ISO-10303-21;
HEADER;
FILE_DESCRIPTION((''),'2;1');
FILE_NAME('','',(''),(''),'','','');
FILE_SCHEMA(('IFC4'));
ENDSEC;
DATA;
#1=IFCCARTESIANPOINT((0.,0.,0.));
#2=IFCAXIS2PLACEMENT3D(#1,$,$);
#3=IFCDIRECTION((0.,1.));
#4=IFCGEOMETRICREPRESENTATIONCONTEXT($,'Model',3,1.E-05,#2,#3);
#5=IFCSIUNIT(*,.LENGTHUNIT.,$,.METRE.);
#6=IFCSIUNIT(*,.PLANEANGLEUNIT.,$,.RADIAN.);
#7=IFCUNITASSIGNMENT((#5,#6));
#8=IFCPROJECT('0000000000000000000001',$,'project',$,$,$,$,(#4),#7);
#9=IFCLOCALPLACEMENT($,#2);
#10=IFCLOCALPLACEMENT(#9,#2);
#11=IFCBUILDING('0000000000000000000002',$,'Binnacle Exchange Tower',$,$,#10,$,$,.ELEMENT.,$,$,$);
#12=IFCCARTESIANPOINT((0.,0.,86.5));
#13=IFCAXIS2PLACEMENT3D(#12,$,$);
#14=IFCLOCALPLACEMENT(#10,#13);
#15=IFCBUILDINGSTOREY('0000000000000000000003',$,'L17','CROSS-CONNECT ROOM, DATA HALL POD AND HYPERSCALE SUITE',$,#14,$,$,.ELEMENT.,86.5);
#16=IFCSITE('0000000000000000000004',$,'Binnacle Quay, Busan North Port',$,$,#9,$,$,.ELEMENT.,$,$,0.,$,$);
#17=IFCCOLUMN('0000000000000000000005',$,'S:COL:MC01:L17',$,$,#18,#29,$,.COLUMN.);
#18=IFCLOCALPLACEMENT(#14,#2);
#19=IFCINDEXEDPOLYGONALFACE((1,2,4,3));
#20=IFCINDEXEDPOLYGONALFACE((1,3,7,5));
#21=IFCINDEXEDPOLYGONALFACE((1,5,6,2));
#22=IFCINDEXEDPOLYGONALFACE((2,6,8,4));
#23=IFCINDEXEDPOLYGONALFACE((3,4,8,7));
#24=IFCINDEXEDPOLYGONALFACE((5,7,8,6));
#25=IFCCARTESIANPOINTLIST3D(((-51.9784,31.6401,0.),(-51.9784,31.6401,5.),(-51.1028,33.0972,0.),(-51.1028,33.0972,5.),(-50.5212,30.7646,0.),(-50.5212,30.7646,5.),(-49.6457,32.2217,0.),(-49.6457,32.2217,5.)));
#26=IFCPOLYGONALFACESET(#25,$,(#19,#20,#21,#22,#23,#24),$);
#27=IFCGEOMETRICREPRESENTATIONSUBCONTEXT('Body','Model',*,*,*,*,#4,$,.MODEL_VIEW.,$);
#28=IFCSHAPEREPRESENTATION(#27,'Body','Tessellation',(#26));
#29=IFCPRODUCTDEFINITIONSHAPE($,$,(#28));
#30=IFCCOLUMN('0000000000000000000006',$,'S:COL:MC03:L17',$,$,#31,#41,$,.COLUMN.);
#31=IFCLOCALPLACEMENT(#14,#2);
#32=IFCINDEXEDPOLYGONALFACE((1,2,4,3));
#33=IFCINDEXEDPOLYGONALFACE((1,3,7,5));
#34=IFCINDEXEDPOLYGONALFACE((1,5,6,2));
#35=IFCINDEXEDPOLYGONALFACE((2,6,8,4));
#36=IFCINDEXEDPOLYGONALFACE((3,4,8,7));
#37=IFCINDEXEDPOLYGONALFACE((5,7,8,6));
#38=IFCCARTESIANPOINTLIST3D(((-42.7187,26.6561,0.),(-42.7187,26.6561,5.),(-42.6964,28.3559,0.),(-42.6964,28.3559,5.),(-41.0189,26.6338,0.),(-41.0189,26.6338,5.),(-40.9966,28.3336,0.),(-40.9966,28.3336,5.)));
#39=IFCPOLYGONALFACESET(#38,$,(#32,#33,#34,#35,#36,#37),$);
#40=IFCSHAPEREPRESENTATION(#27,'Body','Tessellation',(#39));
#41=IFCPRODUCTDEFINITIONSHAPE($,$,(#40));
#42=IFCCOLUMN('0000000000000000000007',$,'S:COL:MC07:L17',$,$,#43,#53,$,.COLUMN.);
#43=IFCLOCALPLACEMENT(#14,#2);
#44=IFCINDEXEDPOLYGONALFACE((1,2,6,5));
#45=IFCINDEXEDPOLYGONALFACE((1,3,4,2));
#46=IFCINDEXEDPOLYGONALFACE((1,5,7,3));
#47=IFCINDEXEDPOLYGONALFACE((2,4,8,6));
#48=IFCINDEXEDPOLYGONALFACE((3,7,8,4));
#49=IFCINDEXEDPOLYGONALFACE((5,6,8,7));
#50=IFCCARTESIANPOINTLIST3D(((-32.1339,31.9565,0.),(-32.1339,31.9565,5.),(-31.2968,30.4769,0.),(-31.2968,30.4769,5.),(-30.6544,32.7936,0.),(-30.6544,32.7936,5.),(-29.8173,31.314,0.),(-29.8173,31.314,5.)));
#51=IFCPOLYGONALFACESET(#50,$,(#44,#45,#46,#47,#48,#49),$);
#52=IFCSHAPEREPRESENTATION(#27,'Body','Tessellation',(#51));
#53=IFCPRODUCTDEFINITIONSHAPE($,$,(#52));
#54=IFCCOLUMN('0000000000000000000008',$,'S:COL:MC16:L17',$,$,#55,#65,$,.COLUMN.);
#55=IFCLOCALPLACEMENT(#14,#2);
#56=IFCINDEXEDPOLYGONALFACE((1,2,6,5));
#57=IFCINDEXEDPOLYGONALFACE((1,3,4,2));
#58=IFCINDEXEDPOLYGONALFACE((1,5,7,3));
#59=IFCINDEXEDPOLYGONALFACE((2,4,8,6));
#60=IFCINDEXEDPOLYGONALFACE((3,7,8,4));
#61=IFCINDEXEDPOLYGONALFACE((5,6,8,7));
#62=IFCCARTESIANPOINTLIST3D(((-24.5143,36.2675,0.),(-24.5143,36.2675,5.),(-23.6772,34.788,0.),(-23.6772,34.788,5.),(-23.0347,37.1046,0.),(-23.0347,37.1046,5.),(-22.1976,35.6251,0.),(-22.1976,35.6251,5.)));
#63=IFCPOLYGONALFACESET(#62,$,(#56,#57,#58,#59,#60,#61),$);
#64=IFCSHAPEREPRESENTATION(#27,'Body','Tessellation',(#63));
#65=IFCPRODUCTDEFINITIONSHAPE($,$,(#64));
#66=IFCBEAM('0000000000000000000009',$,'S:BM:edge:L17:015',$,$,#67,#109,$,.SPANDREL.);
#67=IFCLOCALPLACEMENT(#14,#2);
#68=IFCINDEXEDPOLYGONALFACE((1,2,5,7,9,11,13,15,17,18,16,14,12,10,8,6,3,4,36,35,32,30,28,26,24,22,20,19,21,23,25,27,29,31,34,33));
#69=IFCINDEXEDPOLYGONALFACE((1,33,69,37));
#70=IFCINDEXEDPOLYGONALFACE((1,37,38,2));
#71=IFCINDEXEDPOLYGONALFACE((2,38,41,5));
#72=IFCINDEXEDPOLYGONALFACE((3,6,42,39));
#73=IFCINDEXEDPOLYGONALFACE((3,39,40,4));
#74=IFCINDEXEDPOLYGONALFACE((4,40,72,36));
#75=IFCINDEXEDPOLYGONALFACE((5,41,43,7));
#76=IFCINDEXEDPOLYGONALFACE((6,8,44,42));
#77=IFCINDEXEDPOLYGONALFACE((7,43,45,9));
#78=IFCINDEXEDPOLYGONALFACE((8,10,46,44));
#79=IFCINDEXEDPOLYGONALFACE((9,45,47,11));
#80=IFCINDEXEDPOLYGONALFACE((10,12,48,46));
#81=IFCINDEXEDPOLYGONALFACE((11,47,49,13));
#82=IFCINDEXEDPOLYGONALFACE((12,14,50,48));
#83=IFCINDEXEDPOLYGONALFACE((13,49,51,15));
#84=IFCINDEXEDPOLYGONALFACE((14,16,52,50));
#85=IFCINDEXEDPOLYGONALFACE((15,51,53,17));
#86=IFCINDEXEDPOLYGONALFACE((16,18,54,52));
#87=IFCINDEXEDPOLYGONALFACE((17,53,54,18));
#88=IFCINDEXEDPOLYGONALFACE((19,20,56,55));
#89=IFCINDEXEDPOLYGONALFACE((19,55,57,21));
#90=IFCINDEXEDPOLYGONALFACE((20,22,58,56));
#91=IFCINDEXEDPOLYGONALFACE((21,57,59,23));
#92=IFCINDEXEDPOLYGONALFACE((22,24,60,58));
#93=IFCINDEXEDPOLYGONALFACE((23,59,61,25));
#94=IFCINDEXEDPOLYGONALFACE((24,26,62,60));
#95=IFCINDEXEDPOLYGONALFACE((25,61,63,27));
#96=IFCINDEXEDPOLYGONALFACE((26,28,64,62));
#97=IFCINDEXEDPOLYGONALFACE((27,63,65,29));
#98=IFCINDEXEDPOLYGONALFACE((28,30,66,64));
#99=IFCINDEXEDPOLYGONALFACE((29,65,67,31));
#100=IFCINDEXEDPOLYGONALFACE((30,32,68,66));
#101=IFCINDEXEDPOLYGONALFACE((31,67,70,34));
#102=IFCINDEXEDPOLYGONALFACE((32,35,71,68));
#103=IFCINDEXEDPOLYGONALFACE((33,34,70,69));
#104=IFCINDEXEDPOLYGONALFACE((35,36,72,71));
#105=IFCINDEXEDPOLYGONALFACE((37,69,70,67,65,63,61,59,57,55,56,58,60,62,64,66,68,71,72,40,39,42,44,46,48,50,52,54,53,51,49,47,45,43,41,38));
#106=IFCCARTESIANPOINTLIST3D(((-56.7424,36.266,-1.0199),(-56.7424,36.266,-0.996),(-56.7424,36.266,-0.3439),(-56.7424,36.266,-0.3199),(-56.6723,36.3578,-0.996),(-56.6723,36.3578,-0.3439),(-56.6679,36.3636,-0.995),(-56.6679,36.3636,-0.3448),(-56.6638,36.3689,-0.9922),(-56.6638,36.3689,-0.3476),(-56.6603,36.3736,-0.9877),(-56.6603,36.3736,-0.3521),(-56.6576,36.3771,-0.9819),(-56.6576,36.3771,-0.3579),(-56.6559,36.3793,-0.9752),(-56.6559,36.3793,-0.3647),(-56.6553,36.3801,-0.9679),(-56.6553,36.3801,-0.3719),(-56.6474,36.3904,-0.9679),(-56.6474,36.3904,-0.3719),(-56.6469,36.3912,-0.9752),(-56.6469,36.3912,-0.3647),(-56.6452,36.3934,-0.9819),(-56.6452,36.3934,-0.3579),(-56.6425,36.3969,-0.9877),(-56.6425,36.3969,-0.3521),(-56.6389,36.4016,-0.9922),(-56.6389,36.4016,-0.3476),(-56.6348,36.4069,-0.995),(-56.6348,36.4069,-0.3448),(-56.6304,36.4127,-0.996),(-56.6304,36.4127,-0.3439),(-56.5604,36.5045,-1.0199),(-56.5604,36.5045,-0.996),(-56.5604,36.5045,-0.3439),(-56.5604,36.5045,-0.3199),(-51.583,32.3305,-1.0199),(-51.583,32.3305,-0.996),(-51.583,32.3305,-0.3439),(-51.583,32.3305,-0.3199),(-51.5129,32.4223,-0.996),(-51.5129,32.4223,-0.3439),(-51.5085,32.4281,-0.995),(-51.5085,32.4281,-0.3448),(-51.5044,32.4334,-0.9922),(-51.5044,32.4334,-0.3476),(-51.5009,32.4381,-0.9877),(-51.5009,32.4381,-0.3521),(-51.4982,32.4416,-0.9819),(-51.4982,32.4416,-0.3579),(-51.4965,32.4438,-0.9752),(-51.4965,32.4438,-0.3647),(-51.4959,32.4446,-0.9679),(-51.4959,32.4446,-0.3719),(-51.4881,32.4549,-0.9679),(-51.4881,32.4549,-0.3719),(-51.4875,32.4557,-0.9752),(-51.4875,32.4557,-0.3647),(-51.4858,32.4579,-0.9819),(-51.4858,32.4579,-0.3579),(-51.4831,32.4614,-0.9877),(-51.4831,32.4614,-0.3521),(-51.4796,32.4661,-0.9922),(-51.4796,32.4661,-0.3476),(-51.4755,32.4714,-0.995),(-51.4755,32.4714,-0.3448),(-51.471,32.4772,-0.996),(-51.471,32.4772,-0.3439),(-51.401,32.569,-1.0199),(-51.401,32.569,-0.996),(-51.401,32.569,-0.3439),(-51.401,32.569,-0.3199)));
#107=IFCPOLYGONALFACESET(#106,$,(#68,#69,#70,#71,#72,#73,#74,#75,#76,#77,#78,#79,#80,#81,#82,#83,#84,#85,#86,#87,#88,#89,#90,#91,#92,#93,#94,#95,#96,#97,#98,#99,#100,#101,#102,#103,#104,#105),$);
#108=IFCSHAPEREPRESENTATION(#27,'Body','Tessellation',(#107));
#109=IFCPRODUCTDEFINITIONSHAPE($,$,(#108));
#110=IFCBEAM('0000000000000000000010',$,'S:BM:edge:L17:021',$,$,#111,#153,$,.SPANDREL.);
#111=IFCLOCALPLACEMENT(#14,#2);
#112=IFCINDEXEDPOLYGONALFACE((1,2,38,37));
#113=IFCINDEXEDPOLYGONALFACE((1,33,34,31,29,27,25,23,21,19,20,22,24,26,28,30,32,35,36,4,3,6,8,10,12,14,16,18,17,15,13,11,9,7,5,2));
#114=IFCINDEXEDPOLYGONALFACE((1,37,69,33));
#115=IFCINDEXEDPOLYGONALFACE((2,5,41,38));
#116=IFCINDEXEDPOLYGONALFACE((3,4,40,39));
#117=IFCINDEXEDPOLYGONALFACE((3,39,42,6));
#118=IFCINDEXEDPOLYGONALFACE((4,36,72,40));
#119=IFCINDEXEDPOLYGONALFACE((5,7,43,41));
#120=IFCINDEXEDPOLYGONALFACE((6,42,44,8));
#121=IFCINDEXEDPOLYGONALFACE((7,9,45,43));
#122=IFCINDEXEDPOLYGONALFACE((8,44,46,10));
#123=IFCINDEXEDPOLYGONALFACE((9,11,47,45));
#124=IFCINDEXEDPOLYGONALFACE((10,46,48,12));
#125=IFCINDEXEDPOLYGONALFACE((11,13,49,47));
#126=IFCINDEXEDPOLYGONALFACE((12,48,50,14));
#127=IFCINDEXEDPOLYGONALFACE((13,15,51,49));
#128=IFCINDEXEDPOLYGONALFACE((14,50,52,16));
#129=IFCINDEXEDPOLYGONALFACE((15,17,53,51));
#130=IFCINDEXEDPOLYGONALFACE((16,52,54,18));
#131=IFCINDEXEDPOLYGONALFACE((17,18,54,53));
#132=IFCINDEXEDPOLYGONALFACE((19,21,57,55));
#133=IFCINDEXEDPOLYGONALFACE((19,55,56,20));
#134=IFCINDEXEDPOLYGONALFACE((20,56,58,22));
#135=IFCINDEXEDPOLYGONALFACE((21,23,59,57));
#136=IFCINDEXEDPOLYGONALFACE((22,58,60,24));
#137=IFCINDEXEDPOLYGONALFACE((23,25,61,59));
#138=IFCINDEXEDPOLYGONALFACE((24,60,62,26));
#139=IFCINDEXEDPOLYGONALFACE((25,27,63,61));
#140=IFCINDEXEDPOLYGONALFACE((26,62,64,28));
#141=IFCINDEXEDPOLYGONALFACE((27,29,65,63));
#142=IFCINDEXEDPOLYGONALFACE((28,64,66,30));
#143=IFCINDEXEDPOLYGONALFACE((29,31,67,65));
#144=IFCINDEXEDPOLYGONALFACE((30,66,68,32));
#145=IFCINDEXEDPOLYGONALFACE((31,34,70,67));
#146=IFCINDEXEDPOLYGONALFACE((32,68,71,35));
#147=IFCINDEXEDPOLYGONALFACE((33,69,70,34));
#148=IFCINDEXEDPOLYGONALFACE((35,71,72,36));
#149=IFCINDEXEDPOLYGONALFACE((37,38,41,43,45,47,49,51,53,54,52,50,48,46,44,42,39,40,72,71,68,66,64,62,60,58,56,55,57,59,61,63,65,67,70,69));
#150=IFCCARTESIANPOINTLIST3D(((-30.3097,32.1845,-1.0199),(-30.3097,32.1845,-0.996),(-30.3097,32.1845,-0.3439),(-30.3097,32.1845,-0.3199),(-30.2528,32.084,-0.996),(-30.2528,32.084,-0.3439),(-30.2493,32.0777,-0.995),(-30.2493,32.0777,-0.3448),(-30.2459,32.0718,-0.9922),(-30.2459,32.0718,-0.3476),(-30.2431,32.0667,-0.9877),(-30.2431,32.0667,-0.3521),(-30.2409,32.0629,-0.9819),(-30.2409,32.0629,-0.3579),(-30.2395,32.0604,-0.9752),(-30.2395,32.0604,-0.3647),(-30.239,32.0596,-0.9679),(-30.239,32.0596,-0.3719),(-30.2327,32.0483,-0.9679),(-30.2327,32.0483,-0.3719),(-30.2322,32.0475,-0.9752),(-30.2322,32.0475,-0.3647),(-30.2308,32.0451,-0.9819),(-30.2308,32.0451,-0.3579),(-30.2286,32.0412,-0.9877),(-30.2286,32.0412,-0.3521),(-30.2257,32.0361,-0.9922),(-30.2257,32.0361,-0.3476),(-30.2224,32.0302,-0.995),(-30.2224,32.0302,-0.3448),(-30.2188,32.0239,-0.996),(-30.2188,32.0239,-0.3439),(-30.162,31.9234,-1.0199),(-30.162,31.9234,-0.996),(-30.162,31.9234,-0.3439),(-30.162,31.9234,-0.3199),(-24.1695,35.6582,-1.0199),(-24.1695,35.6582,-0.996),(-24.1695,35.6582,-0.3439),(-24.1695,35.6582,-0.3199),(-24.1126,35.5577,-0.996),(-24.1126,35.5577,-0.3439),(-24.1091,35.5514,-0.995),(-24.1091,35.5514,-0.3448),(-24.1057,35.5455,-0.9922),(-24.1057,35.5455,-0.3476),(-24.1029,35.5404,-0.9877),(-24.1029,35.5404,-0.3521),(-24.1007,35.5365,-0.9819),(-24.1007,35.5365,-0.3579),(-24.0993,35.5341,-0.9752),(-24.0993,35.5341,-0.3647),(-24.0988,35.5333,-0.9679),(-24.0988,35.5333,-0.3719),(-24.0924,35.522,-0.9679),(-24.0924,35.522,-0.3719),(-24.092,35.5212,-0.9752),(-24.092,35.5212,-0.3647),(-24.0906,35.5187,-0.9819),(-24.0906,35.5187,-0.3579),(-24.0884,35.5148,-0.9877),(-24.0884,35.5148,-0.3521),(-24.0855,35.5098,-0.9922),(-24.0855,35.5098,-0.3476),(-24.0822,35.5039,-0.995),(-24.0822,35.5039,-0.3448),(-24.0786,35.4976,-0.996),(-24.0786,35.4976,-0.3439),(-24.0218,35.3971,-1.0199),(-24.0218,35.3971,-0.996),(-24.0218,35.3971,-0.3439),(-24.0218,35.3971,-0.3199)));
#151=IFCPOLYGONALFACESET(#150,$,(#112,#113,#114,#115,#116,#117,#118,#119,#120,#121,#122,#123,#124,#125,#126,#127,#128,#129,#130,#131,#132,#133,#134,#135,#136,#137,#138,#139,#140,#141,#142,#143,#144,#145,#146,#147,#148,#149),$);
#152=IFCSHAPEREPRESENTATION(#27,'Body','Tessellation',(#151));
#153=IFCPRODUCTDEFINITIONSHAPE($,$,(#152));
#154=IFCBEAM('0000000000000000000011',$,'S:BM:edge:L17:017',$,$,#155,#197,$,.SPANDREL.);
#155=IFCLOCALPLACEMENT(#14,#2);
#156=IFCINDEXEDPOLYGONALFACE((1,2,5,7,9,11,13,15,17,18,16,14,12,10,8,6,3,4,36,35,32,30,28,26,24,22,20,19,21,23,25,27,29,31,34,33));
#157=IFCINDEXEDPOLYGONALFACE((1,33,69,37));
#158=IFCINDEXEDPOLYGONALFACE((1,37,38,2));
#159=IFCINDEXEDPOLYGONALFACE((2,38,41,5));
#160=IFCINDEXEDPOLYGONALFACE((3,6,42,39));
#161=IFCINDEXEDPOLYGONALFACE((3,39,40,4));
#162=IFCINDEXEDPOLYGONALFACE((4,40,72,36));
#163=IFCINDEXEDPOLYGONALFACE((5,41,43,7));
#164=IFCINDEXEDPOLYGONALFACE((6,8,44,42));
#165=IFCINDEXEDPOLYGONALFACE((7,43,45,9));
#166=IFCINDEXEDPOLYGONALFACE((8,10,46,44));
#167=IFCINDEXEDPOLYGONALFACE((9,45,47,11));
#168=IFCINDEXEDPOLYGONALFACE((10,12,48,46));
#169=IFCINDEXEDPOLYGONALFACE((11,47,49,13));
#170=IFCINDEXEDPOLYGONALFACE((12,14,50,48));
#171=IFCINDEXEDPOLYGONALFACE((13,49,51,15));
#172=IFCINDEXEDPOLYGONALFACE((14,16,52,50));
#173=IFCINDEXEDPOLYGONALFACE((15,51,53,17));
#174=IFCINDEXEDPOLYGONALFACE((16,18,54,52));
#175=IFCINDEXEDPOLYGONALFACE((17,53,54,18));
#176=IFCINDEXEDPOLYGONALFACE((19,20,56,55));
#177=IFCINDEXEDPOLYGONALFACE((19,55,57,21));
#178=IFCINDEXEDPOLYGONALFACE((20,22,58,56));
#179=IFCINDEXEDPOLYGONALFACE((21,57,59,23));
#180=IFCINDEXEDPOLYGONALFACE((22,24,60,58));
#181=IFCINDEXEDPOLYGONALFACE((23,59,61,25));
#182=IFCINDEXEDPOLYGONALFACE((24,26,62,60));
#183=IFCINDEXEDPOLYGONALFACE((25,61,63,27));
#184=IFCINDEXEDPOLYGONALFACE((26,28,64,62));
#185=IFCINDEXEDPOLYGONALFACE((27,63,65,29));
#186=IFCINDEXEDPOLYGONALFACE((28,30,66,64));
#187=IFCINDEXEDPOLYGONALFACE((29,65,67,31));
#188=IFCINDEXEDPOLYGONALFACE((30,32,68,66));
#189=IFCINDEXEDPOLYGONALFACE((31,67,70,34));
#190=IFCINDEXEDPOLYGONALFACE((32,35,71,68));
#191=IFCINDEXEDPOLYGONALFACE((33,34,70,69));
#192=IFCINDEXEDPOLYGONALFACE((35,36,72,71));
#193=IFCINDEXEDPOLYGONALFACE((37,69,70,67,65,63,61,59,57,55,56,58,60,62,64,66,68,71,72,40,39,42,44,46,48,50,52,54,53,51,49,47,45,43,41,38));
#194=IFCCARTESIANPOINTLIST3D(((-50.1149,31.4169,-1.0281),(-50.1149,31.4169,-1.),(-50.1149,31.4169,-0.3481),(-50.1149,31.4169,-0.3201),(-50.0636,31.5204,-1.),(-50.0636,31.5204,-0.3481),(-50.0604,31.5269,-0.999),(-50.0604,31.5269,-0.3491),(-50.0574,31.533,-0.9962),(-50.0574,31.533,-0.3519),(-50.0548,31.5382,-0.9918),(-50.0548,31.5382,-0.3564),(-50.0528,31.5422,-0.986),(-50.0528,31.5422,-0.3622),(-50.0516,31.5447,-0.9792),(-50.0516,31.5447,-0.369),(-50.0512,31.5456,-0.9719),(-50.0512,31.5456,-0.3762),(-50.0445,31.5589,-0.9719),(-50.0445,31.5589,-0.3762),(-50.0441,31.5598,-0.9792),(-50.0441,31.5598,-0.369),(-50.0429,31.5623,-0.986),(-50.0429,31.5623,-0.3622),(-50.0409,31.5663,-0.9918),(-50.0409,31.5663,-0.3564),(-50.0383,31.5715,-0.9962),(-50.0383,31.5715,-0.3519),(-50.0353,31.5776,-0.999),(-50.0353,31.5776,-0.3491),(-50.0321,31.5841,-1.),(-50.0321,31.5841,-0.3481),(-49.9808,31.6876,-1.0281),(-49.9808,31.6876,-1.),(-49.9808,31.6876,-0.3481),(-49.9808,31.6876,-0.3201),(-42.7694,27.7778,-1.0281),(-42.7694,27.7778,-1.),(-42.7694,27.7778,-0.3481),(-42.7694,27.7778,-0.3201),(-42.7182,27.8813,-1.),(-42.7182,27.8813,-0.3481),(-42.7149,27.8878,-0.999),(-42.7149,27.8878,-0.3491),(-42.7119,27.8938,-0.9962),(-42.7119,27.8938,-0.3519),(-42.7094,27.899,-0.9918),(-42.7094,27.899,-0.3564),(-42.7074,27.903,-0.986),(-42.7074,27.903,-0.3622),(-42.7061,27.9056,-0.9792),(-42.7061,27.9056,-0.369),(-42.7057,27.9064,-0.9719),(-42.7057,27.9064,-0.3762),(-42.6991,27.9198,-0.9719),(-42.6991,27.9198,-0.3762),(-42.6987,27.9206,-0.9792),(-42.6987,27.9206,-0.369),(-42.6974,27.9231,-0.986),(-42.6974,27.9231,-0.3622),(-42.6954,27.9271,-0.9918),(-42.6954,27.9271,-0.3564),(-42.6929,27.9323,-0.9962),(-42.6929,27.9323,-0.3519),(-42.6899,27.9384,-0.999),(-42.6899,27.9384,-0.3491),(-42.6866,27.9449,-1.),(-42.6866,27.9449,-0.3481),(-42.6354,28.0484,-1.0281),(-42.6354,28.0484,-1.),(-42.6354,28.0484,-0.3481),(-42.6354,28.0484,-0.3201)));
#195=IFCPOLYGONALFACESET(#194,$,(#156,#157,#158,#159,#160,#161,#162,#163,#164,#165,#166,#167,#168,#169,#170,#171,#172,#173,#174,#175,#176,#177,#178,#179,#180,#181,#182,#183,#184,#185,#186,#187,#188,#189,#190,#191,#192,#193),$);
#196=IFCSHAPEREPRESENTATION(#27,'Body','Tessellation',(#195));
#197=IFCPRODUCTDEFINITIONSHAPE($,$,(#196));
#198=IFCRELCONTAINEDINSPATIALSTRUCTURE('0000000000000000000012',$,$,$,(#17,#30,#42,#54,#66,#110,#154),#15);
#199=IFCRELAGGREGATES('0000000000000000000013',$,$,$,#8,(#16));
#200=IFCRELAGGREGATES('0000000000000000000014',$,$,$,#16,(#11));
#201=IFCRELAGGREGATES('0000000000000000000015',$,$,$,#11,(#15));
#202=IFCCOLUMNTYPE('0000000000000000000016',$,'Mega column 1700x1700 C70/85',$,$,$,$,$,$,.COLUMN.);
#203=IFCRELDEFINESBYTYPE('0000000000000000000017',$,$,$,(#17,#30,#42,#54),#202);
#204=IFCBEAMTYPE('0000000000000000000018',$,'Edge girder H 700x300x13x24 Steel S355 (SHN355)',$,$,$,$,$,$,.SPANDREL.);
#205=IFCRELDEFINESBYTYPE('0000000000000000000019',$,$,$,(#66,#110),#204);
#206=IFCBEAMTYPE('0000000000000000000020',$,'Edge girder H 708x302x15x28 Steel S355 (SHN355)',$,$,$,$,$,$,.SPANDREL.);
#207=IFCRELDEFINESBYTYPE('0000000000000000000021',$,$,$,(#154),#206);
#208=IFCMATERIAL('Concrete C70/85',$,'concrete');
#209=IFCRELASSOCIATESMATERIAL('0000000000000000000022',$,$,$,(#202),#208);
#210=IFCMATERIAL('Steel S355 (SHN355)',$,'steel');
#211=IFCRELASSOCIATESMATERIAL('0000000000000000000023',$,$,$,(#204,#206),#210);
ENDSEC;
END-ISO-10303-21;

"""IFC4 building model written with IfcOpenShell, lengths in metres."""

from ifc_helpers import new_model, si_unit, direction, frame, origin, origin_2d, place, context, subcontext, project, spatial, rectangle, i_section, extrude, material, material_profile, profile_set, type_object, element, save


model = new_model("IFC4")

# Units and contexts
model_context = context("Model", 3, precision=1e-05, world=origin(), true_north=direction((0.0, 1.0)))
body_context = subcontext(model_context, "Body", "Model", "MODEL_VIEW")
ifc_project = project(units=[si_unit("LENGTHUNIT", "METRE"), si_unit("PLANEANGLEUNIT", "RADIAN")], contexts=[model_context])

# Site, building, storey
site_placement = place(None, origin())
site = spatial("IfcSite", under=ifc_project, at=site_placement, Name="Binnacle Quay, Busan North Port", CompositionType="ELEMENT", RefElevation=0.0)
building_placement = place(site_placement, origin())
building = spatial("IfcBuilding", under=site, at=building_placement, Name="Binnacle Exchange Tower", CompositionType="ELEMENT")
storey_placement = place(building_placement, frame((0.0, 0.0, 86.5)))
storey = spatial("IfcBuildingStorey", under=building, at=storey_placement, Name="L17", Description="CROSS-CONNECT ROOM, DATA HALL POD AND HYPERSCALE SUITE", CompositionType="ELEMENT", Elevation=86.5)

# Columns
ifc_material_1 = material(Name="Concrete C70/85", Category="concrete")
ifc_material_profile_1 = material_profile(ifc_material_1, rectangle(XDim=1.7, YDim=1.7, at=origin_2d()), Name="Mega column 1700x1700 C70/85")
ifc_profile_set_1 = profile_set([ifc_material_profile_1], Name="Concrete C70/85")
column_type = type_object("IfcColumnType", Name="Mega column 1700x1700 C70/85", PredefinedType="COLUMN", material=ifc_profile_set_1)
for number, where, z_axis, x_axis, name in (
    (1, (-50.812, 31.9309, 0.0), (0.0, 0.0, 1.0), (0.857167, -0.515038, 0.0), "S:COL:MC01:L17"),
    (2, (-41.8577, 27.4949, 0.0), (0.0, 0.0, 1.0), (0.999914, -0.01309, 0.0), "S:COL:MC03:L17"),
    (3, (-30.9756, 31.6353, 0.0), (0.0, 0.0, 1.0), (0.870356, 0.492424, 0.0), "S:COL:MC07:L17"),
    (4, (-23.356, 35.9463, 0.0), (0.0, 0.0, 1.0), (0.870356, 0.492424, 0.0), "S:COL:MC16:L17"),
):
    element("IfcColumn", number, at=place(storey_placement, frame(where, z_axis=z_axis, x_axis=x_axis)), inside=storey, type_object=column_type, Name=name, PredefinedType="COLUMN", context=body_context, shape_type="SweptSolid", body=[
        extrude(rectangle(XDim=1.7, YDim=1.7, at=origin_2d()), origin(), (0.0, 0.0, 1.0), 5.0),
    ])

# Beams
ifc_material_2 = material(Name="Steel S355 (SHN355)", Category="steel")
ifc_material_profile_2 = material_profile(ifc_material_2, i_section(OverallWidth=0.3, OverallDepth=0.7, WebThickness=0.0129, FlangeThickness=0.0239, FilletRadius=0.0281, at=origin_2d()), Name="H 700x300x13x24")
ifc_profile_set_2 = profile_set([ifc_material_profile_2], Name="Steel S355 (SHN355)")
beam_type_1 = type_object("IfcBeamType", Name="Edge girder H 700x300x13x24 Steel S355 (SHN355)", PredefinedType="SPANDREL", material=ifc_profile_set_2)
beam_1_placement = place(storey_placement, frame((-56.6514, 36.3853, -0.6699), z_axis=(0.795093, -0.606487, 0.0), x_axis=(0.606487, 0.795093, 0.0)))
element("IfcBeam", 5, at=beam_1_placement, inside=storey, type_object=beam_type_1, Name="S:BM:edge:L17:015", PredefinedType="SPANDREL", context=body_context, shape_type="SweptSolid", body=[
    extrude(i_section(OverallWidth=0.3, OverallDepth=0.7, WebThickness=0.0129, FlangeThickness=0.0239, FilletRadius=0.0281, at=origin_2d()), origin(), (0.0, 0.0, 1.0), 6.489),
])
beam_2_placement = place(storey_placement, frame((-30.2358, 32.054, -0.6699), z_axis=(0.870373, 0.492392, 0.0), x_axis=(-0.492392, 0.870373, 0.0)))
element("IfcBeam", 6, at=beam_2_placement, inside=storey, type_object=beam_type_1, Name="S:BM:edge:L17:021", PredefinedType="SPANDREL", context=body_context, shape_type="SweptSolid", body=[
    extrude(i_section(OverallWidth=0.3, OverallDepth=0.7, WebThickness=0.0129, FlangeThickness=0.0239, FilletRadius=0.0281, at=origin_2d()), origin(), (0.0, 0.0, 1.0), 7.0547),
])
ifc_material_profile_3 = material_profile(ifc_material_2, i_section(OverallWidth=0.302, OverallDepth=0.708, WebThickness=0.0149, FlangeThickness=0.0281, FilletRadius=0.0281, at=origin_2d()), Name="H 708x302x15x28")
ifc_profile_set_3 = profile_set([ifc_material_profile_3], Name="Steel S355 (SHN355)")
beam_type_2 = type_object("IfcBeamType", Name="Edge girder H 708x302x15x28 Steel S355 (SHN355)", PredefinedType="SPANDREL", material=ifc_profile_set_3)
beam_3_placement = place(storey_placement, frame((-50.0479, 31.5522, -0.6741), z_axis=(0.896059, -0.443935, 0.0), x_axis=(0.443935, 0.896059, 0.0)))
element("IfcBeam", 7, at=beam_3_placement, inside=storey, type_object=beam_type_2, Name="S:BM:edge:L17:017", PredefinedType="SPANDREL", context=body_context, shape_type="SweptSolid", body=[
    extrude(i_section(OverallWidth=0.302, OverallDepth=0.708, WebThickness=0.0149, FlangeThickness=0.0281, FilletRadius=0.0281, at=origin_2d()), origin(), (0.0, 0.0, 1.0), 8.1975),
])

save(model, "model.ifc")
